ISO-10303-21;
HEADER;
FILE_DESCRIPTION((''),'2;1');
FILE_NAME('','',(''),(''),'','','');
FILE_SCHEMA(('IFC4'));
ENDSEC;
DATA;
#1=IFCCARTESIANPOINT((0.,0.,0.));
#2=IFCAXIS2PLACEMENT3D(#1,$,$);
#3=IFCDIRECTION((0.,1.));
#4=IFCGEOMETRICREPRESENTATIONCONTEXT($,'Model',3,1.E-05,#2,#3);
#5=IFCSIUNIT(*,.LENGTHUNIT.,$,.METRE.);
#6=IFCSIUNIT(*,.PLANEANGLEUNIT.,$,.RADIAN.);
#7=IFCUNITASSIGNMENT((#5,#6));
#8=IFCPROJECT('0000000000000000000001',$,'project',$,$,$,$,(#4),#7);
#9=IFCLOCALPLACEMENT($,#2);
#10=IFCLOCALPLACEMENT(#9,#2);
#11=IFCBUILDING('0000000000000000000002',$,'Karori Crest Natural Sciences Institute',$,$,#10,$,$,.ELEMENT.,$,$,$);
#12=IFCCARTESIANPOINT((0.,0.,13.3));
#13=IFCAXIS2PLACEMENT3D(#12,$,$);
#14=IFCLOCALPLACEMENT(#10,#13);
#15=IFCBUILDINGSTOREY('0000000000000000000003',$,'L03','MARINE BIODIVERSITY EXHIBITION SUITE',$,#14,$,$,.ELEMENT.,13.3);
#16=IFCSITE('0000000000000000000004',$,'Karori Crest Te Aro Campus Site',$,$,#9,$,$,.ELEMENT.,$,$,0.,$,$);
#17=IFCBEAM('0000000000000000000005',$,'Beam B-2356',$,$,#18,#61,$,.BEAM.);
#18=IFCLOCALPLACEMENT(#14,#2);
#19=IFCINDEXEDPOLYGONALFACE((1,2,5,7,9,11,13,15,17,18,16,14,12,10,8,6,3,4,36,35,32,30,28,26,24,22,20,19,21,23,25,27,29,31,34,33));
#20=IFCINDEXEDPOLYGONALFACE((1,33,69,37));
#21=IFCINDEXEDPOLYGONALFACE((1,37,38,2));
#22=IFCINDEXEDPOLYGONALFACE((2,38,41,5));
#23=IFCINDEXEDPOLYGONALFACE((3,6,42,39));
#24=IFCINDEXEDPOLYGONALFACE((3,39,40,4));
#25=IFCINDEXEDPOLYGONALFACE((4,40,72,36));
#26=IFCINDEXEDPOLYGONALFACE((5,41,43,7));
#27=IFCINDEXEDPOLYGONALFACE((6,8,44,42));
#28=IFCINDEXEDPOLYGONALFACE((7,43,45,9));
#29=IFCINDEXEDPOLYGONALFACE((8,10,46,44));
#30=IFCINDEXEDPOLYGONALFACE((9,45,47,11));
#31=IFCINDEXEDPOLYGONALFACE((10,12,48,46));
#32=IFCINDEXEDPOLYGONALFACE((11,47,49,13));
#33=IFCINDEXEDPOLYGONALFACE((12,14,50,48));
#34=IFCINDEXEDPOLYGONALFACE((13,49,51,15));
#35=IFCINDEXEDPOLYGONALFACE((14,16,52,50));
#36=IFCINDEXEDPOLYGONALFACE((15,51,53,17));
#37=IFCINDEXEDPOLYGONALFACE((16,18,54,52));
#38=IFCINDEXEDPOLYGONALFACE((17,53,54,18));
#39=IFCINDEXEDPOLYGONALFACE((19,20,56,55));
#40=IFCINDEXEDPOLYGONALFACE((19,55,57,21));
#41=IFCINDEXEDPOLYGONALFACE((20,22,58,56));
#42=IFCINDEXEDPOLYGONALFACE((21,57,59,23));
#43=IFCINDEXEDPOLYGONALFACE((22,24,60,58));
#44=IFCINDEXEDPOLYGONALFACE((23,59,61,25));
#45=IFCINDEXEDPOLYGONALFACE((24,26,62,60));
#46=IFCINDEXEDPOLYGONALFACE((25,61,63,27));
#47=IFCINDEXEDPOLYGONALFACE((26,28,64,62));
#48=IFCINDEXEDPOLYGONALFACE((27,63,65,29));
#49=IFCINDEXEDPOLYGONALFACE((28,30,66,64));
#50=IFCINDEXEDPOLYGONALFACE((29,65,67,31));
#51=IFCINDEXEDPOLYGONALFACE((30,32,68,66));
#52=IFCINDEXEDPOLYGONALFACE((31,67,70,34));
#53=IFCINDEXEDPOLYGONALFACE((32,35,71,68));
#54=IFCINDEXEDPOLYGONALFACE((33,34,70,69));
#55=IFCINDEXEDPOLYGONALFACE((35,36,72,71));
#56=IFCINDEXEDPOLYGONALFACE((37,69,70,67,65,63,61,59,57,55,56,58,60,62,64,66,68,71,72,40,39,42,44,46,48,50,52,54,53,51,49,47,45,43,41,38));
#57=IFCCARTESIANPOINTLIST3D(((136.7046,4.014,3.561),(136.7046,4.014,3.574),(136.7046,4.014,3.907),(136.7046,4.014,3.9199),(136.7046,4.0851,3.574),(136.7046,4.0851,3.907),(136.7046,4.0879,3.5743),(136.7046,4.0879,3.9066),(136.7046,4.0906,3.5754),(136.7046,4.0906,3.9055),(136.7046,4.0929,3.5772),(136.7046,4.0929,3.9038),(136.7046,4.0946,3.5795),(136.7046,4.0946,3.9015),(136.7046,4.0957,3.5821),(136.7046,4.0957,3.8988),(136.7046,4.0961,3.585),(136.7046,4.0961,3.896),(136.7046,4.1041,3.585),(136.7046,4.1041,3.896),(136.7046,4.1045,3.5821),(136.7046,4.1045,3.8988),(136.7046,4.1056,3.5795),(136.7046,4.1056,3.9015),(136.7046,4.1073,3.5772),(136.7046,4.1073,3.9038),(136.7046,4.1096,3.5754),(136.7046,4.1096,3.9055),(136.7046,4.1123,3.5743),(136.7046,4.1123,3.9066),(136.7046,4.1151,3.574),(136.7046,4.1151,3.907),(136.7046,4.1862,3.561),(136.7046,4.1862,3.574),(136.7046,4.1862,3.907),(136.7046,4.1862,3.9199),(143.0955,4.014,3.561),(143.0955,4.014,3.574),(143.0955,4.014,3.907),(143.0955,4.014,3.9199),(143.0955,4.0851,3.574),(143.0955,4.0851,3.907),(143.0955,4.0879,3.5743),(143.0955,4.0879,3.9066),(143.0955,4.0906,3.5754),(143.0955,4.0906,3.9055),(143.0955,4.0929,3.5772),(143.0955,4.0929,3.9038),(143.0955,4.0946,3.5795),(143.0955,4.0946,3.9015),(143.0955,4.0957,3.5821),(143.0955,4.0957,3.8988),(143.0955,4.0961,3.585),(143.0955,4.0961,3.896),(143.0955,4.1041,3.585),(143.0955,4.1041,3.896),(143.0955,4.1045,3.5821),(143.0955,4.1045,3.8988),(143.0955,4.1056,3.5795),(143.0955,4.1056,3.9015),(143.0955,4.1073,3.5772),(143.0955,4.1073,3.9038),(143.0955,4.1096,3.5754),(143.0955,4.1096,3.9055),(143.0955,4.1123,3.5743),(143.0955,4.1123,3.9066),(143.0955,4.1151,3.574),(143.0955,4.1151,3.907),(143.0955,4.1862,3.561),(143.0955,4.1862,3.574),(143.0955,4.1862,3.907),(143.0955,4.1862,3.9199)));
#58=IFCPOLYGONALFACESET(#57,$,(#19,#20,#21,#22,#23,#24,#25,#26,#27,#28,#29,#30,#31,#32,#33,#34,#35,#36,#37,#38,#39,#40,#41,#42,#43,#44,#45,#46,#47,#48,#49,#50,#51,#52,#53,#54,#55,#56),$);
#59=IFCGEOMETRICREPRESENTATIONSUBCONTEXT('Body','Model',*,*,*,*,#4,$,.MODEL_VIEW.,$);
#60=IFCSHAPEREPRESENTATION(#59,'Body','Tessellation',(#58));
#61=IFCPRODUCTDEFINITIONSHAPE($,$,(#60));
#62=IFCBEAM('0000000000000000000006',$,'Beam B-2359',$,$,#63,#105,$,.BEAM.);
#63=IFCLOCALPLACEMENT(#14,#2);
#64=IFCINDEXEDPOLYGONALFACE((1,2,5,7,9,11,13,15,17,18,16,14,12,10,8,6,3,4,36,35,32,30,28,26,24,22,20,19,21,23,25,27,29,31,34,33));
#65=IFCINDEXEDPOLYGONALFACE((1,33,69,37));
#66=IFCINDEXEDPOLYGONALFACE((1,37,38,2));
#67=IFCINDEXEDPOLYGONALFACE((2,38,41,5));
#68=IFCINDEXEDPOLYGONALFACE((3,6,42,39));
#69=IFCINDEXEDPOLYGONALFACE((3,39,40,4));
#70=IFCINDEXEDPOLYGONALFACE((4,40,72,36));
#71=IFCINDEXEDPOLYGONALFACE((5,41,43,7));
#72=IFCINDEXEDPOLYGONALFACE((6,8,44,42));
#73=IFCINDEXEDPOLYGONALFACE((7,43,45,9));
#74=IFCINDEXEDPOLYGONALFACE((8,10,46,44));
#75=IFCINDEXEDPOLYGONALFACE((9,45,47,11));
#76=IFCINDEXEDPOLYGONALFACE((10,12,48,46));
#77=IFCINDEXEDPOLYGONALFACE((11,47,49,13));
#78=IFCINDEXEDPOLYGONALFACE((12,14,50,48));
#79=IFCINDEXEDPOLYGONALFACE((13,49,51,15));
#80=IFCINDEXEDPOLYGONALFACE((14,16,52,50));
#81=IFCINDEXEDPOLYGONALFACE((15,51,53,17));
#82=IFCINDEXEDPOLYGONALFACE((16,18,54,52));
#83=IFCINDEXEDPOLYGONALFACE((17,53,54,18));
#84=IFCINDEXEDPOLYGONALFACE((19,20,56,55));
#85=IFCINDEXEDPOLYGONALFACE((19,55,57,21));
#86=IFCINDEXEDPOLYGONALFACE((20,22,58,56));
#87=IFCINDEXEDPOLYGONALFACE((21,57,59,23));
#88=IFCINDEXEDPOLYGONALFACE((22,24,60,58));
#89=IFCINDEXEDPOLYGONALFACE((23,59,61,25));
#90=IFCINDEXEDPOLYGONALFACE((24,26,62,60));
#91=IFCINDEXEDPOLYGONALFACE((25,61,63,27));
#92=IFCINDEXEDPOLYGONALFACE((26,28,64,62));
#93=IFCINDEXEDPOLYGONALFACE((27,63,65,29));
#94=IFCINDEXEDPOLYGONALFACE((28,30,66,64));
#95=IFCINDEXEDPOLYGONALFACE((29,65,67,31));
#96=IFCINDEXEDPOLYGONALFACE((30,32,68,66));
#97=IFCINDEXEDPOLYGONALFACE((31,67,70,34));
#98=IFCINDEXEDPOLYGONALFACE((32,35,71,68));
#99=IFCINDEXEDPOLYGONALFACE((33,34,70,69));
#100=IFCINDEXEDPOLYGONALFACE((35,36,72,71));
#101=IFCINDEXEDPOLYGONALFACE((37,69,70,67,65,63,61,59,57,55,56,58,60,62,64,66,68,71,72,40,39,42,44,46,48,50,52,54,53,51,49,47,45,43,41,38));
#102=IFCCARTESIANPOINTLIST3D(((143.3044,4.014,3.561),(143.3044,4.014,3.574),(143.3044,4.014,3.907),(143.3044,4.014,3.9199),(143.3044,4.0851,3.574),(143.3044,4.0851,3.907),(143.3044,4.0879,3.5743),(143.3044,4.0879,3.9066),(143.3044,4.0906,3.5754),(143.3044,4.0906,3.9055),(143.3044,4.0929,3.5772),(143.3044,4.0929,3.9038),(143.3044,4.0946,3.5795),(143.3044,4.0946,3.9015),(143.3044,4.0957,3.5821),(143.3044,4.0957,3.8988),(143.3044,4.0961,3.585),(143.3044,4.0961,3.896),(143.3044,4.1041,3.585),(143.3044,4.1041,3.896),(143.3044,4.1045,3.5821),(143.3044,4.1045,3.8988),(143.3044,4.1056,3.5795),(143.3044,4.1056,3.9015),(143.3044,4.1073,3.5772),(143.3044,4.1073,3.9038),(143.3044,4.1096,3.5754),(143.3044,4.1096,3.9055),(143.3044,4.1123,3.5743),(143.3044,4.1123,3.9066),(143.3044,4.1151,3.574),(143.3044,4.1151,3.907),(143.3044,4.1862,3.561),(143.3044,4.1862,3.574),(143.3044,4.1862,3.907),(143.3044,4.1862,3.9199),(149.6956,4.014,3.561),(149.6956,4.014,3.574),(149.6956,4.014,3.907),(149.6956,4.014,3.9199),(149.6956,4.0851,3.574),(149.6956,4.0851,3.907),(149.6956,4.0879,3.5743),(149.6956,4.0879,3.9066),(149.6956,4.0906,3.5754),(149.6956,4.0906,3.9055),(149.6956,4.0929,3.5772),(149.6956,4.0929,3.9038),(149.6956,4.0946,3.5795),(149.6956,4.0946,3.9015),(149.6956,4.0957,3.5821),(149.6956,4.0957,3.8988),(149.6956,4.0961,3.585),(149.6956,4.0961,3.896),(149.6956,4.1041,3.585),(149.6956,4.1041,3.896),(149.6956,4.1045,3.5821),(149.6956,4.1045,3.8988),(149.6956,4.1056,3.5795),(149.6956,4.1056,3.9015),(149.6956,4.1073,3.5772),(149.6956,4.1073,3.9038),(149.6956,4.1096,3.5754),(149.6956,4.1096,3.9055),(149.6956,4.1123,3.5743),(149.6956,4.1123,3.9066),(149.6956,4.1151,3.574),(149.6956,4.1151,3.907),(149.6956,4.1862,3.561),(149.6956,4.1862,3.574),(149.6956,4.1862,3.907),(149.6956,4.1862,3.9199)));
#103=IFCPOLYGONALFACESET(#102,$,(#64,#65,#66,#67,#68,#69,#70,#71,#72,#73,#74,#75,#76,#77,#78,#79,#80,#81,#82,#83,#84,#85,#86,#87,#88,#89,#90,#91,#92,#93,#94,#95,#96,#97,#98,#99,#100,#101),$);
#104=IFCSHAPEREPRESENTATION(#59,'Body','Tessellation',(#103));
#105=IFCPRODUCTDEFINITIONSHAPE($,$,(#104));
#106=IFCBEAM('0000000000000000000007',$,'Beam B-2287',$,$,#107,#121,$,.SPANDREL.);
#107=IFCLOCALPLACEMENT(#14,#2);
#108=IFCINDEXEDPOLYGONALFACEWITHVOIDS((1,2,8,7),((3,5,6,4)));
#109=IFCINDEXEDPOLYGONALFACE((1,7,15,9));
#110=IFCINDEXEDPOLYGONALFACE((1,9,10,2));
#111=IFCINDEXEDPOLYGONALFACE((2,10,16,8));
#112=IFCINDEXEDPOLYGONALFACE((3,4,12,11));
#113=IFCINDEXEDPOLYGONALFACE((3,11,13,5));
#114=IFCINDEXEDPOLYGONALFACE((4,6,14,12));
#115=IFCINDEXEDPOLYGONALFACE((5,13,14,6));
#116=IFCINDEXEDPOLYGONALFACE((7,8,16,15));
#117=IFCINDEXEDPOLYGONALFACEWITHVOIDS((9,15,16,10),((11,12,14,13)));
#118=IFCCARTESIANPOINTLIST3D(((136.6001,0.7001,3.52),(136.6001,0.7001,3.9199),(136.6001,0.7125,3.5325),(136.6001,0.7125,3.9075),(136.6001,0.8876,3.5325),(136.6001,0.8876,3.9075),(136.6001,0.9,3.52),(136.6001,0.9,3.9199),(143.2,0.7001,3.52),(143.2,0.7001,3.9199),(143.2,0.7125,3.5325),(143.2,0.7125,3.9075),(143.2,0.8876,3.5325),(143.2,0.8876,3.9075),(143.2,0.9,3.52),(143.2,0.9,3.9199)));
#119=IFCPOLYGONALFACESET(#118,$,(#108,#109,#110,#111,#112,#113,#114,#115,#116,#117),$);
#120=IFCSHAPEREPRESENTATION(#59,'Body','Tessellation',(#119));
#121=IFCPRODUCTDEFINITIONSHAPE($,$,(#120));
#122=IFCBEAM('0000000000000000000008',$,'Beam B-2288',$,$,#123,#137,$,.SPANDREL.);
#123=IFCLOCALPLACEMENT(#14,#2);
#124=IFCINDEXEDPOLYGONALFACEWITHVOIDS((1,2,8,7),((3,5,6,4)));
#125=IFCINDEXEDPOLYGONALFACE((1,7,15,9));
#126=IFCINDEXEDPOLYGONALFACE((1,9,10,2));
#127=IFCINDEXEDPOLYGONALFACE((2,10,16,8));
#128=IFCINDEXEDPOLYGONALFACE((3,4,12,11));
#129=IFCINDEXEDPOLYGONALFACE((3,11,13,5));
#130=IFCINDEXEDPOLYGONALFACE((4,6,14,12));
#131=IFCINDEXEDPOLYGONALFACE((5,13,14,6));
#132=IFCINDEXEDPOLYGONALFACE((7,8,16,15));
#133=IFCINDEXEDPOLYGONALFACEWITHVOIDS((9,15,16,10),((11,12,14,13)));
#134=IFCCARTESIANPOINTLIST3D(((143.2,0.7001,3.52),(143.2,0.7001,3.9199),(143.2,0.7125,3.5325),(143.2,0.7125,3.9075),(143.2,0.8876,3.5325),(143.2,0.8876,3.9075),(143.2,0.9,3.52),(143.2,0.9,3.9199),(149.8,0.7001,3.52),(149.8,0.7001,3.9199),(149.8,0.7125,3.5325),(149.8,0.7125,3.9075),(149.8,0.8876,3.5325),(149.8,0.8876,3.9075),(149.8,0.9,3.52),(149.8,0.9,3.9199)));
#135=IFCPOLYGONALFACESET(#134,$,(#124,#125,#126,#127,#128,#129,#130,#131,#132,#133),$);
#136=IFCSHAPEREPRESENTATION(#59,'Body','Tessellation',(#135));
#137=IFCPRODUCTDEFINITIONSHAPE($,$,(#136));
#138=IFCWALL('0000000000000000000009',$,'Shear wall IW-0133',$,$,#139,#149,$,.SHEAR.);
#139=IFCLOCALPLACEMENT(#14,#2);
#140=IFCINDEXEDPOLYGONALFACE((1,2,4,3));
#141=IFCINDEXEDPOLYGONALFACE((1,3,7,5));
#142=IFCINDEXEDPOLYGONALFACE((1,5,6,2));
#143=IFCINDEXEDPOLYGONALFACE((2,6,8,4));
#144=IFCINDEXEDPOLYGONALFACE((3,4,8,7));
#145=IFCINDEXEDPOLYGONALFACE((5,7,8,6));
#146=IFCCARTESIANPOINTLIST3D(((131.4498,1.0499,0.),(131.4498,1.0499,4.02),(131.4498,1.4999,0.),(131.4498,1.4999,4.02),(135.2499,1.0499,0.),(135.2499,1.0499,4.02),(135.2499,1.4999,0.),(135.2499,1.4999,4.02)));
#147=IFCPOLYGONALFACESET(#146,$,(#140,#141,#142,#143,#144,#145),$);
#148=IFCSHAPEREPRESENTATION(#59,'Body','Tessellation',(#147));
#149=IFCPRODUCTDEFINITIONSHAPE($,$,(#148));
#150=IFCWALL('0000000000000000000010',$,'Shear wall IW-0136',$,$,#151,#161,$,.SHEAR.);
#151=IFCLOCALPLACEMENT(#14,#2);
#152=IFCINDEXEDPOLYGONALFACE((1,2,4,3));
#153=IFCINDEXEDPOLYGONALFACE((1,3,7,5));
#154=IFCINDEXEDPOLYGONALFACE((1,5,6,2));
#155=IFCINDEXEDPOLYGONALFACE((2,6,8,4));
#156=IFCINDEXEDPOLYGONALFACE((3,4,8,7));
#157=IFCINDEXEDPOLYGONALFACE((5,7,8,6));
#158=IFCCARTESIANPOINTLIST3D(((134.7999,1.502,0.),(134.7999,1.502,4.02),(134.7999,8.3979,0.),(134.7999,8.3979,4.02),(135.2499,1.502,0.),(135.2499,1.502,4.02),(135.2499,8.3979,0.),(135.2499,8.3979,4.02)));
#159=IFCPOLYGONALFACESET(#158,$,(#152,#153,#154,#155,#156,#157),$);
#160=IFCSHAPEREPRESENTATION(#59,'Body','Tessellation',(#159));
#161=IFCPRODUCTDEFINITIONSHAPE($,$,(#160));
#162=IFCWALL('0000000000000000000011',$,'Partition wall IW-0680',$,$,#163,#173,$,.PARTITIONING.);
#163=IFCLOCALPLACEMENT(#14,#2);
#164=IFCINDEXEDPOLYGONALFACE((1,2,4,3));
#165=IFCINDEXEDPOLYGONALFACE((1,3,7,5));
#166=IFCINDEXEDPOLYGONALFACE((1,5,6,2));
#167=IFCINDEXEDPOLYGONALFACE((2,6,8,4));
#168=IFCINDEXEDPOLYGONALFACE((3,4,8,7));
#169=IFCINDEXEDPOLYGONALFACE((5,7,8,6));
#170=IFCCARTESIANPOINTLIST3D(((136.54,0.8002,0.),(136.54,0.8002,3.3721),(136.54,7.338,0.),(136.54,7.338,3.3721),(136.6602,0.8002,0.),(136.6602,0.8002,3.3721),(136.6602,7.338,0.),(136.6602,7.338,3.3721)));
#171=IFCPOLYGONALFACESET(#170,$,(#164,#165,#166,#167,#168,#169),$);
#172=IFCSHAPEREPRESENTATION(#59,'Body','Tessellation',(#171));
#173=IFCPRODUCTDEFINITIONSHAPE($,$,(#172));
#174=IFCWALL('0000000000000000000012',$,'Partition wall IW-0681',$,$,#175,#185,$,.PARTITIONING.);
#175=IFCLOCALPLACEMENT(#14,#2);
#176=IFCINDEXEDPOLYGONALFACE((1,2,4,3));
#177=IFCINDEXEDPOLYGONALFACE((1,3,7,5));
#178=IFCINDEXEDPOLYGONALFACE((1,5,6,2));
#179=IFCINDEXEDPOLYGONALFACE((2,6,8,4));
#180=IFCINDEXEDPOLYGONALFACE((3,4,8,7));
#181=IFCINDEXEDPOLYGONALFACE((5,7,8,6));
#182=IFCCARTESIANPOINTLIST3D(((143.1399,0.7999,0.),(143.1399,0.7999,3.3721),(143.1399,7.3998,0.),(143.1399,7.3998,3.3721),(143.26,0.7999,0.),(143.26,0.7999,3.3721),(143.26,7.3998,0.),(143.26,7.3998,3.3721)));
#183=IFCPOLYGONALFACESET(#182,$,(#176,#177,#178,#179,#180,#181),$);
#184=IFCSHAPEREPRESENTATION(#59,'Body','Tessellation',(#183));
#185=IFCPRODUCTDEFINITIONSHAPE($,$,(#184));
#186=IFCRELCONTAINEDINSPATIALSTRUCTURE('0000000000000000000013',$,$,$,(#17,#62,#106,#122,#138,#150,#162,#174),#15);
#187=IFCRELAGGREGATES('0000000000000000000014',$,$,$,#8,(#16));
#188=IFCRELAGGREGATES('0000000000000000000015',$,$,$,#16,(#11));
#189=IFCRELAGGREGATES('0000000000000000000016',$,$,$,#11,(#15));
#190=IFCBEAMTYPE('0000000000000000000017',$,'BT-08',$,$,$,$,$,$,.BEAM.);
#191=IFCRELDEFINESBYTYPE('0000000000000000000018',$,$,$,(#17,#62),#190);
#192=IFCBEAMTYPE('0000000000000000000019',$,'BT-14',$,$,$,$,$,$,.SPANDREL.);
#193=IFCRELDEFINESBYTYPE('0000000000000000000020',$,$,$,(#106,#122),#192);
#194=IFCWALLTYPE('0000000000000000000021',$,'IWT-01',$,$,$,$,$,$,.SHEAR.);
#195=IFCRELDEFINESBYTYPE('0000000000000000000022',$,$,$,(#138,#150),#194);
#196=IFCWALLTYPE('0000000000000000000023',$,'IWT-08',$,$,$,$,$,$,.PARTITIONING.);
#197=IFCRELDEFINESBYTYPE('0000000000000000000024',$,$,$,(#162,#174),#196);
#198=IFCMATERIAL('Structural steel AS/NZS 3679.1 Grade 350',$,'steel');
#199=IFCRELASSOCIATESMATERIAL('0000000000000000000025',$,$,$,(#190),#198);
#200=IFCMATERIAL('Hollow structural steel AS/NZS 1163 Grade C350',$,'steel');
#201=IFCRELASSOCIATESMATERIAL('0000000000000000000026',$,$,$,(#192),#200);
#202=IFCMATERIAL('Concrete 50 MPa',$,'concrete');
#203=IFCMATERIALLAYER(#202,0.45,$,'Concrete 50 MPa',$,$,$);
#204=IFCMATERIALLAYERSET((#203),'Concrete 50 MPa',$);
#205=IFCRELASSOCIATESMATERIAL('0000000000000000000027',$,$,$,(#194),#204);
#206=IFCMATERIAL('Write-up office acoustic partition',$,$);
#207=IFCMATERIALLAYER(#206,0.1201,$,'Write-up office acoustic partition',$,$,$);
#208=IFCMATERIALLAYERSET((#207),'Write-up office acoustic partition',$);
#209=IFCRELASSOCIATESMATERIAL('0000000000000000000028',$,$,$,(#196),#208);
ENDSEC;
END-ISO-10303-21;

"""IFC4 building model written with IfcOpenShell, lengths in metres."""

from ifc_helpers import new_model, si_unit, direction, frame, frame_2d, origin, origin_2d, place, context, subcontext, project, spatial, rectangle, hollow_rectangle, i_section, extrude, material, layer, layer_set, material_profile, profile_set, type_object, element, save


model = new_model("IFC4")

# Units and contexts
model_context = context("Model", 3, precision=1e-05, world=origin(), true_north=direction((0.0, 1.0)))
body_context = subcontext(model_context, "Body", "Model", "MODEL_VIEW")
ifc_project = project(units=[si_unit("LENGTHUNIT", "METRE"), si_unit("PLANEANGLEUNIT", "RADIAN")], contexts=[model_context])

# Site, building, storey
site_placement = place(None, origin())
site = spatial("IfcSite", under=ifc_project, at=site_placement, Name="Karori Crest Te Aro Campus Site", CompositionType="ELEMENT", RefElevation=0.0)
building_placement = place(site_placement, origin())
building = spatial("IfcBuilding", under=site, at=building_placement, Name="Karori Crest Natural Sciences Institute", CompositionType="ELEMENT")
storey_placement = place(building_placement, frame((0.0, 0.0, 13.3)))
storey = spatial("IfcBuildingStorey", under=building, at=storey_placement, Name="L03", Description="MARINE BIODIVERSITY EXHIBITION SUITE", CompositionType="ELEMENT", Elevation=13.3)

# Shared definitions
ifc_material_1 = material(Name="Structural steel AS/NZS 3679.1 Grade 350", Category="steel")

# Beams
ifc_material_profile_1 = material_profile(ifc_material_1, i_section(OverallWidth=0.1721, OverallDepth=0.3589, WebThickness=0.0081, FlangeThickness=0.0129, FilletRadius=0.011, at=origin_2d()), Name="360UB56.7")
ifc_profile_set_1 = profile_set([ifc_material_profile_1], Name="Structural steel AS/NZS 3679.1 Grade 350")
beam_type_1 = type_object("IfcBeamType", Name="BT-08", PredefinedType="BEAM", material=ifc_profile_set_1)
beam_1_placement = place(storey_placement, frame((136.7046, 4.1001, 3.7405), z_axis=(1.0, 0.0, 0.0), x_axis=(0.0, 1.0, 0.0)))
element("IfcBeam", 1, at=beam_1_placement, inside=storey, type_object=beam_type_1, Name="Beam B-2356", PredefinedType="BEAM", context=body_context, shape_type="SweptSolid", body=[
    extrude(i_section(OverallWidth=0.1721, OverallDepth=0.3589, WebThickness=0.0081, FlangeThickness=0.0129, FilletRadius=0.011, at=origin_2d()), origin(), (0.0, 0.0, 1.0), 6.3909),
])
beam_2_placement = place(storey_placement, frame((143.3044, 4.1001, 3.7405), z_axis=(1.0, 0.0, 0.0), x_axis=(0.0, 1.0, 0.0)))
element("IfcBeam", 2, at=beam_2_placement, inside=storey, type_object=beam_type_1, Name="Beam B-2359", PredefinedType="BEAM", context=body_context, shape_type="SweptSolid", body=[
    extrude(i_section(OverallWidth=0.1721, OverallDepth=0.3589, WebThickness=0.0081, FlangeThickness=0.0129, FilletRadius=0.011, at=origin_2d()), origin(), (0.0, 0.0, 1.0), 6.3911),
])
ifc_material_2 = material(Name="Hollow structural steel AS/NZS 1163 Grade C350", Category="steel")
ifc_material_profile_2 = material_profile(ifc_material_2, hollow_rectangle(XDim=0.2, YDim=0.3999, WallThickness=0.0125, at=origin_2d()), Name="RHS400x200x12.5")
ifc_profile_set_2 = profile_set([ifc_material_profile_2], Name="Hollow structural steel AS/NZS 1163 Grade C350")
beam_type_2 = type_object("IfcBeamType", Name="BT-14", PredefinedType="SPANDREL", material=ifc_profile_set_2)
beam_3_placement = place(storey_placement, frame((136.6001, 0.8, 3.72), z_axis=(1.0, 0.0, 0.0), x_axis=(0.0, 1.0, 0.0)))
element("IfcBeam", 3, at=beam_3_placement, inside=storey, type_object=beam_type_2, Name="Beam B-2287", PredefinedType="SPANDREL", context=body_context, shape_type="SweptSolid", body=[
    extrude(hollow_rectangle(XDim=0.2, YDim=0.3999, WallThickness=0.0125, at=origin_2d()), origin(), (0.0, 0.0, 1.0), 6.5999),
])
beam_4_placement = place(storey_placement, frame((143.2, 0.8, 3.72), z_axis=(1.0, 0.0, 0.0), x_axis=(0.0, 1.0, 0.0)))
element("IfcBeam", 4, at=beam_4_placement, inside=storey, type_object=beam_type_2, Name="Beam B-2288", PredefinedType="SPANDREL", context=body_context, shape_type="SweptSolid", body=[
    extrude(hollow_rectangle(XDim=0.2, YDim=0.3999, WallThickness=0.0125, at=origin_2d()), origin(), (0.0, 0.0, 1.0), 6.6001),
])

# Wall
ifc_material_3 = material(Name="Concrete 50 MPa", Category="concrete")
ifc_layer_1 = layer(ifc_material_3, 0.45, Name="Concrete 50 MPa")
ifc_layer_set_1 = layer_set([ifc_layer_1], Name="Concrete 50 MPa")
wall_type_1 = type_object("IfcWallType", Name="IWT-01", PredefinedType="SHEAR", material=ifc_layer_set_1)
wall_1_placement = place(storey_placement, frame((131.45, 1.2749, 0.0), z_axis=(0.0, 0.0, 1.0), x_axis=(1.0, 0.0, 0.0)))
element("IfcWall", 5, at=wall_1_placement, inside=storey, type_object=wall_type_1, Name="Shear wall IW-0133", PredefinedType="SHEAR", context=body_context, shape_type="SweptSolid", body=[
    extrude(rectangle(XDim=3.8, YDim=0.45, at=frame_2d((1.8999, 0.0))), origin(), (0.0, 0.0, 1.0), 4.02),
])

# Walls
wall_2_placement = place(storey_placement, frame((135.0249, 1.502, 0.0), z_axis=(0.0, 0.0, 1.0), x_axis=(0.0, 1.0, 0.0)))
element("IfcWall", 6, at=wall_2_placement, inside=storey, type_object=wall_type_1, Name="Shear wall IW-0136", PredefinedType="SHEAR", context=body_context, shape_type="SweptSolid", body=[
    extrude(rectangle(XDim=6.896, YDim=0.45, at=frame_2d((3.448, 0.0))), origin(), (0.0, 0.0, 1.0), 4.02),
])
ifc_material_4 = material(Name="Write-up office acoustic partition")
ifc_layer_2 = layer(ifc_material_4, 0.1201, Name="Write-up office acoustic partition")
ifc_layer_set_2 = layer_set([ifc_layer_2], Name="Write-up office acoustic partition")
wall_type_2 = type_object("IfcWallType", Name="IWT-08", PredefinedType="PARTITIONING", material=ifc_layer_set_2)
wall_3_placement = place(storey_placement, frame((136.6001, 0.8, 0.0), z_axis=(0.0, 0.0, 1.0), x_axis=(0.0, 1.0, 0.0)))
element("IfcWall", 7, at=wall_3_placement, inside=storey, type_object=wall_type_2, Name="Partition wall IW-0680", PredefinedType="PARTITIONING", context=body_context, shape_type="SweptSolid", body=[
    extrude(rectangle(XDim=6.5378, YDim=0.1201, at=frame_2d((3.269, 0.0))), origin(), (0.0, 0.0, 1.0), 3.3721),
])
wall_4_placement = place(storey_placement, frame((143.2, 0.8, 0.0), z_axis=(0.0, 0.0, 1.0), x_axis=(0.0, 1.0, 0.0)))
element("IfcWall", 8, at=wall_4_placement, inside=storey, type_object=wall_type_2, Name="Partition wall IW-0681", PredefinedType="PARTITIONING", context=body_context, shape_type="SweptSolid", body=[
    extrude(rectangle(XDim=6.5999, YDim=0.1201, at=frame_2d((3.2998, 0.0))), origin(), (0.0, 0.0, 1.0), 3.3721),
])

save(model, "model.ifc")
